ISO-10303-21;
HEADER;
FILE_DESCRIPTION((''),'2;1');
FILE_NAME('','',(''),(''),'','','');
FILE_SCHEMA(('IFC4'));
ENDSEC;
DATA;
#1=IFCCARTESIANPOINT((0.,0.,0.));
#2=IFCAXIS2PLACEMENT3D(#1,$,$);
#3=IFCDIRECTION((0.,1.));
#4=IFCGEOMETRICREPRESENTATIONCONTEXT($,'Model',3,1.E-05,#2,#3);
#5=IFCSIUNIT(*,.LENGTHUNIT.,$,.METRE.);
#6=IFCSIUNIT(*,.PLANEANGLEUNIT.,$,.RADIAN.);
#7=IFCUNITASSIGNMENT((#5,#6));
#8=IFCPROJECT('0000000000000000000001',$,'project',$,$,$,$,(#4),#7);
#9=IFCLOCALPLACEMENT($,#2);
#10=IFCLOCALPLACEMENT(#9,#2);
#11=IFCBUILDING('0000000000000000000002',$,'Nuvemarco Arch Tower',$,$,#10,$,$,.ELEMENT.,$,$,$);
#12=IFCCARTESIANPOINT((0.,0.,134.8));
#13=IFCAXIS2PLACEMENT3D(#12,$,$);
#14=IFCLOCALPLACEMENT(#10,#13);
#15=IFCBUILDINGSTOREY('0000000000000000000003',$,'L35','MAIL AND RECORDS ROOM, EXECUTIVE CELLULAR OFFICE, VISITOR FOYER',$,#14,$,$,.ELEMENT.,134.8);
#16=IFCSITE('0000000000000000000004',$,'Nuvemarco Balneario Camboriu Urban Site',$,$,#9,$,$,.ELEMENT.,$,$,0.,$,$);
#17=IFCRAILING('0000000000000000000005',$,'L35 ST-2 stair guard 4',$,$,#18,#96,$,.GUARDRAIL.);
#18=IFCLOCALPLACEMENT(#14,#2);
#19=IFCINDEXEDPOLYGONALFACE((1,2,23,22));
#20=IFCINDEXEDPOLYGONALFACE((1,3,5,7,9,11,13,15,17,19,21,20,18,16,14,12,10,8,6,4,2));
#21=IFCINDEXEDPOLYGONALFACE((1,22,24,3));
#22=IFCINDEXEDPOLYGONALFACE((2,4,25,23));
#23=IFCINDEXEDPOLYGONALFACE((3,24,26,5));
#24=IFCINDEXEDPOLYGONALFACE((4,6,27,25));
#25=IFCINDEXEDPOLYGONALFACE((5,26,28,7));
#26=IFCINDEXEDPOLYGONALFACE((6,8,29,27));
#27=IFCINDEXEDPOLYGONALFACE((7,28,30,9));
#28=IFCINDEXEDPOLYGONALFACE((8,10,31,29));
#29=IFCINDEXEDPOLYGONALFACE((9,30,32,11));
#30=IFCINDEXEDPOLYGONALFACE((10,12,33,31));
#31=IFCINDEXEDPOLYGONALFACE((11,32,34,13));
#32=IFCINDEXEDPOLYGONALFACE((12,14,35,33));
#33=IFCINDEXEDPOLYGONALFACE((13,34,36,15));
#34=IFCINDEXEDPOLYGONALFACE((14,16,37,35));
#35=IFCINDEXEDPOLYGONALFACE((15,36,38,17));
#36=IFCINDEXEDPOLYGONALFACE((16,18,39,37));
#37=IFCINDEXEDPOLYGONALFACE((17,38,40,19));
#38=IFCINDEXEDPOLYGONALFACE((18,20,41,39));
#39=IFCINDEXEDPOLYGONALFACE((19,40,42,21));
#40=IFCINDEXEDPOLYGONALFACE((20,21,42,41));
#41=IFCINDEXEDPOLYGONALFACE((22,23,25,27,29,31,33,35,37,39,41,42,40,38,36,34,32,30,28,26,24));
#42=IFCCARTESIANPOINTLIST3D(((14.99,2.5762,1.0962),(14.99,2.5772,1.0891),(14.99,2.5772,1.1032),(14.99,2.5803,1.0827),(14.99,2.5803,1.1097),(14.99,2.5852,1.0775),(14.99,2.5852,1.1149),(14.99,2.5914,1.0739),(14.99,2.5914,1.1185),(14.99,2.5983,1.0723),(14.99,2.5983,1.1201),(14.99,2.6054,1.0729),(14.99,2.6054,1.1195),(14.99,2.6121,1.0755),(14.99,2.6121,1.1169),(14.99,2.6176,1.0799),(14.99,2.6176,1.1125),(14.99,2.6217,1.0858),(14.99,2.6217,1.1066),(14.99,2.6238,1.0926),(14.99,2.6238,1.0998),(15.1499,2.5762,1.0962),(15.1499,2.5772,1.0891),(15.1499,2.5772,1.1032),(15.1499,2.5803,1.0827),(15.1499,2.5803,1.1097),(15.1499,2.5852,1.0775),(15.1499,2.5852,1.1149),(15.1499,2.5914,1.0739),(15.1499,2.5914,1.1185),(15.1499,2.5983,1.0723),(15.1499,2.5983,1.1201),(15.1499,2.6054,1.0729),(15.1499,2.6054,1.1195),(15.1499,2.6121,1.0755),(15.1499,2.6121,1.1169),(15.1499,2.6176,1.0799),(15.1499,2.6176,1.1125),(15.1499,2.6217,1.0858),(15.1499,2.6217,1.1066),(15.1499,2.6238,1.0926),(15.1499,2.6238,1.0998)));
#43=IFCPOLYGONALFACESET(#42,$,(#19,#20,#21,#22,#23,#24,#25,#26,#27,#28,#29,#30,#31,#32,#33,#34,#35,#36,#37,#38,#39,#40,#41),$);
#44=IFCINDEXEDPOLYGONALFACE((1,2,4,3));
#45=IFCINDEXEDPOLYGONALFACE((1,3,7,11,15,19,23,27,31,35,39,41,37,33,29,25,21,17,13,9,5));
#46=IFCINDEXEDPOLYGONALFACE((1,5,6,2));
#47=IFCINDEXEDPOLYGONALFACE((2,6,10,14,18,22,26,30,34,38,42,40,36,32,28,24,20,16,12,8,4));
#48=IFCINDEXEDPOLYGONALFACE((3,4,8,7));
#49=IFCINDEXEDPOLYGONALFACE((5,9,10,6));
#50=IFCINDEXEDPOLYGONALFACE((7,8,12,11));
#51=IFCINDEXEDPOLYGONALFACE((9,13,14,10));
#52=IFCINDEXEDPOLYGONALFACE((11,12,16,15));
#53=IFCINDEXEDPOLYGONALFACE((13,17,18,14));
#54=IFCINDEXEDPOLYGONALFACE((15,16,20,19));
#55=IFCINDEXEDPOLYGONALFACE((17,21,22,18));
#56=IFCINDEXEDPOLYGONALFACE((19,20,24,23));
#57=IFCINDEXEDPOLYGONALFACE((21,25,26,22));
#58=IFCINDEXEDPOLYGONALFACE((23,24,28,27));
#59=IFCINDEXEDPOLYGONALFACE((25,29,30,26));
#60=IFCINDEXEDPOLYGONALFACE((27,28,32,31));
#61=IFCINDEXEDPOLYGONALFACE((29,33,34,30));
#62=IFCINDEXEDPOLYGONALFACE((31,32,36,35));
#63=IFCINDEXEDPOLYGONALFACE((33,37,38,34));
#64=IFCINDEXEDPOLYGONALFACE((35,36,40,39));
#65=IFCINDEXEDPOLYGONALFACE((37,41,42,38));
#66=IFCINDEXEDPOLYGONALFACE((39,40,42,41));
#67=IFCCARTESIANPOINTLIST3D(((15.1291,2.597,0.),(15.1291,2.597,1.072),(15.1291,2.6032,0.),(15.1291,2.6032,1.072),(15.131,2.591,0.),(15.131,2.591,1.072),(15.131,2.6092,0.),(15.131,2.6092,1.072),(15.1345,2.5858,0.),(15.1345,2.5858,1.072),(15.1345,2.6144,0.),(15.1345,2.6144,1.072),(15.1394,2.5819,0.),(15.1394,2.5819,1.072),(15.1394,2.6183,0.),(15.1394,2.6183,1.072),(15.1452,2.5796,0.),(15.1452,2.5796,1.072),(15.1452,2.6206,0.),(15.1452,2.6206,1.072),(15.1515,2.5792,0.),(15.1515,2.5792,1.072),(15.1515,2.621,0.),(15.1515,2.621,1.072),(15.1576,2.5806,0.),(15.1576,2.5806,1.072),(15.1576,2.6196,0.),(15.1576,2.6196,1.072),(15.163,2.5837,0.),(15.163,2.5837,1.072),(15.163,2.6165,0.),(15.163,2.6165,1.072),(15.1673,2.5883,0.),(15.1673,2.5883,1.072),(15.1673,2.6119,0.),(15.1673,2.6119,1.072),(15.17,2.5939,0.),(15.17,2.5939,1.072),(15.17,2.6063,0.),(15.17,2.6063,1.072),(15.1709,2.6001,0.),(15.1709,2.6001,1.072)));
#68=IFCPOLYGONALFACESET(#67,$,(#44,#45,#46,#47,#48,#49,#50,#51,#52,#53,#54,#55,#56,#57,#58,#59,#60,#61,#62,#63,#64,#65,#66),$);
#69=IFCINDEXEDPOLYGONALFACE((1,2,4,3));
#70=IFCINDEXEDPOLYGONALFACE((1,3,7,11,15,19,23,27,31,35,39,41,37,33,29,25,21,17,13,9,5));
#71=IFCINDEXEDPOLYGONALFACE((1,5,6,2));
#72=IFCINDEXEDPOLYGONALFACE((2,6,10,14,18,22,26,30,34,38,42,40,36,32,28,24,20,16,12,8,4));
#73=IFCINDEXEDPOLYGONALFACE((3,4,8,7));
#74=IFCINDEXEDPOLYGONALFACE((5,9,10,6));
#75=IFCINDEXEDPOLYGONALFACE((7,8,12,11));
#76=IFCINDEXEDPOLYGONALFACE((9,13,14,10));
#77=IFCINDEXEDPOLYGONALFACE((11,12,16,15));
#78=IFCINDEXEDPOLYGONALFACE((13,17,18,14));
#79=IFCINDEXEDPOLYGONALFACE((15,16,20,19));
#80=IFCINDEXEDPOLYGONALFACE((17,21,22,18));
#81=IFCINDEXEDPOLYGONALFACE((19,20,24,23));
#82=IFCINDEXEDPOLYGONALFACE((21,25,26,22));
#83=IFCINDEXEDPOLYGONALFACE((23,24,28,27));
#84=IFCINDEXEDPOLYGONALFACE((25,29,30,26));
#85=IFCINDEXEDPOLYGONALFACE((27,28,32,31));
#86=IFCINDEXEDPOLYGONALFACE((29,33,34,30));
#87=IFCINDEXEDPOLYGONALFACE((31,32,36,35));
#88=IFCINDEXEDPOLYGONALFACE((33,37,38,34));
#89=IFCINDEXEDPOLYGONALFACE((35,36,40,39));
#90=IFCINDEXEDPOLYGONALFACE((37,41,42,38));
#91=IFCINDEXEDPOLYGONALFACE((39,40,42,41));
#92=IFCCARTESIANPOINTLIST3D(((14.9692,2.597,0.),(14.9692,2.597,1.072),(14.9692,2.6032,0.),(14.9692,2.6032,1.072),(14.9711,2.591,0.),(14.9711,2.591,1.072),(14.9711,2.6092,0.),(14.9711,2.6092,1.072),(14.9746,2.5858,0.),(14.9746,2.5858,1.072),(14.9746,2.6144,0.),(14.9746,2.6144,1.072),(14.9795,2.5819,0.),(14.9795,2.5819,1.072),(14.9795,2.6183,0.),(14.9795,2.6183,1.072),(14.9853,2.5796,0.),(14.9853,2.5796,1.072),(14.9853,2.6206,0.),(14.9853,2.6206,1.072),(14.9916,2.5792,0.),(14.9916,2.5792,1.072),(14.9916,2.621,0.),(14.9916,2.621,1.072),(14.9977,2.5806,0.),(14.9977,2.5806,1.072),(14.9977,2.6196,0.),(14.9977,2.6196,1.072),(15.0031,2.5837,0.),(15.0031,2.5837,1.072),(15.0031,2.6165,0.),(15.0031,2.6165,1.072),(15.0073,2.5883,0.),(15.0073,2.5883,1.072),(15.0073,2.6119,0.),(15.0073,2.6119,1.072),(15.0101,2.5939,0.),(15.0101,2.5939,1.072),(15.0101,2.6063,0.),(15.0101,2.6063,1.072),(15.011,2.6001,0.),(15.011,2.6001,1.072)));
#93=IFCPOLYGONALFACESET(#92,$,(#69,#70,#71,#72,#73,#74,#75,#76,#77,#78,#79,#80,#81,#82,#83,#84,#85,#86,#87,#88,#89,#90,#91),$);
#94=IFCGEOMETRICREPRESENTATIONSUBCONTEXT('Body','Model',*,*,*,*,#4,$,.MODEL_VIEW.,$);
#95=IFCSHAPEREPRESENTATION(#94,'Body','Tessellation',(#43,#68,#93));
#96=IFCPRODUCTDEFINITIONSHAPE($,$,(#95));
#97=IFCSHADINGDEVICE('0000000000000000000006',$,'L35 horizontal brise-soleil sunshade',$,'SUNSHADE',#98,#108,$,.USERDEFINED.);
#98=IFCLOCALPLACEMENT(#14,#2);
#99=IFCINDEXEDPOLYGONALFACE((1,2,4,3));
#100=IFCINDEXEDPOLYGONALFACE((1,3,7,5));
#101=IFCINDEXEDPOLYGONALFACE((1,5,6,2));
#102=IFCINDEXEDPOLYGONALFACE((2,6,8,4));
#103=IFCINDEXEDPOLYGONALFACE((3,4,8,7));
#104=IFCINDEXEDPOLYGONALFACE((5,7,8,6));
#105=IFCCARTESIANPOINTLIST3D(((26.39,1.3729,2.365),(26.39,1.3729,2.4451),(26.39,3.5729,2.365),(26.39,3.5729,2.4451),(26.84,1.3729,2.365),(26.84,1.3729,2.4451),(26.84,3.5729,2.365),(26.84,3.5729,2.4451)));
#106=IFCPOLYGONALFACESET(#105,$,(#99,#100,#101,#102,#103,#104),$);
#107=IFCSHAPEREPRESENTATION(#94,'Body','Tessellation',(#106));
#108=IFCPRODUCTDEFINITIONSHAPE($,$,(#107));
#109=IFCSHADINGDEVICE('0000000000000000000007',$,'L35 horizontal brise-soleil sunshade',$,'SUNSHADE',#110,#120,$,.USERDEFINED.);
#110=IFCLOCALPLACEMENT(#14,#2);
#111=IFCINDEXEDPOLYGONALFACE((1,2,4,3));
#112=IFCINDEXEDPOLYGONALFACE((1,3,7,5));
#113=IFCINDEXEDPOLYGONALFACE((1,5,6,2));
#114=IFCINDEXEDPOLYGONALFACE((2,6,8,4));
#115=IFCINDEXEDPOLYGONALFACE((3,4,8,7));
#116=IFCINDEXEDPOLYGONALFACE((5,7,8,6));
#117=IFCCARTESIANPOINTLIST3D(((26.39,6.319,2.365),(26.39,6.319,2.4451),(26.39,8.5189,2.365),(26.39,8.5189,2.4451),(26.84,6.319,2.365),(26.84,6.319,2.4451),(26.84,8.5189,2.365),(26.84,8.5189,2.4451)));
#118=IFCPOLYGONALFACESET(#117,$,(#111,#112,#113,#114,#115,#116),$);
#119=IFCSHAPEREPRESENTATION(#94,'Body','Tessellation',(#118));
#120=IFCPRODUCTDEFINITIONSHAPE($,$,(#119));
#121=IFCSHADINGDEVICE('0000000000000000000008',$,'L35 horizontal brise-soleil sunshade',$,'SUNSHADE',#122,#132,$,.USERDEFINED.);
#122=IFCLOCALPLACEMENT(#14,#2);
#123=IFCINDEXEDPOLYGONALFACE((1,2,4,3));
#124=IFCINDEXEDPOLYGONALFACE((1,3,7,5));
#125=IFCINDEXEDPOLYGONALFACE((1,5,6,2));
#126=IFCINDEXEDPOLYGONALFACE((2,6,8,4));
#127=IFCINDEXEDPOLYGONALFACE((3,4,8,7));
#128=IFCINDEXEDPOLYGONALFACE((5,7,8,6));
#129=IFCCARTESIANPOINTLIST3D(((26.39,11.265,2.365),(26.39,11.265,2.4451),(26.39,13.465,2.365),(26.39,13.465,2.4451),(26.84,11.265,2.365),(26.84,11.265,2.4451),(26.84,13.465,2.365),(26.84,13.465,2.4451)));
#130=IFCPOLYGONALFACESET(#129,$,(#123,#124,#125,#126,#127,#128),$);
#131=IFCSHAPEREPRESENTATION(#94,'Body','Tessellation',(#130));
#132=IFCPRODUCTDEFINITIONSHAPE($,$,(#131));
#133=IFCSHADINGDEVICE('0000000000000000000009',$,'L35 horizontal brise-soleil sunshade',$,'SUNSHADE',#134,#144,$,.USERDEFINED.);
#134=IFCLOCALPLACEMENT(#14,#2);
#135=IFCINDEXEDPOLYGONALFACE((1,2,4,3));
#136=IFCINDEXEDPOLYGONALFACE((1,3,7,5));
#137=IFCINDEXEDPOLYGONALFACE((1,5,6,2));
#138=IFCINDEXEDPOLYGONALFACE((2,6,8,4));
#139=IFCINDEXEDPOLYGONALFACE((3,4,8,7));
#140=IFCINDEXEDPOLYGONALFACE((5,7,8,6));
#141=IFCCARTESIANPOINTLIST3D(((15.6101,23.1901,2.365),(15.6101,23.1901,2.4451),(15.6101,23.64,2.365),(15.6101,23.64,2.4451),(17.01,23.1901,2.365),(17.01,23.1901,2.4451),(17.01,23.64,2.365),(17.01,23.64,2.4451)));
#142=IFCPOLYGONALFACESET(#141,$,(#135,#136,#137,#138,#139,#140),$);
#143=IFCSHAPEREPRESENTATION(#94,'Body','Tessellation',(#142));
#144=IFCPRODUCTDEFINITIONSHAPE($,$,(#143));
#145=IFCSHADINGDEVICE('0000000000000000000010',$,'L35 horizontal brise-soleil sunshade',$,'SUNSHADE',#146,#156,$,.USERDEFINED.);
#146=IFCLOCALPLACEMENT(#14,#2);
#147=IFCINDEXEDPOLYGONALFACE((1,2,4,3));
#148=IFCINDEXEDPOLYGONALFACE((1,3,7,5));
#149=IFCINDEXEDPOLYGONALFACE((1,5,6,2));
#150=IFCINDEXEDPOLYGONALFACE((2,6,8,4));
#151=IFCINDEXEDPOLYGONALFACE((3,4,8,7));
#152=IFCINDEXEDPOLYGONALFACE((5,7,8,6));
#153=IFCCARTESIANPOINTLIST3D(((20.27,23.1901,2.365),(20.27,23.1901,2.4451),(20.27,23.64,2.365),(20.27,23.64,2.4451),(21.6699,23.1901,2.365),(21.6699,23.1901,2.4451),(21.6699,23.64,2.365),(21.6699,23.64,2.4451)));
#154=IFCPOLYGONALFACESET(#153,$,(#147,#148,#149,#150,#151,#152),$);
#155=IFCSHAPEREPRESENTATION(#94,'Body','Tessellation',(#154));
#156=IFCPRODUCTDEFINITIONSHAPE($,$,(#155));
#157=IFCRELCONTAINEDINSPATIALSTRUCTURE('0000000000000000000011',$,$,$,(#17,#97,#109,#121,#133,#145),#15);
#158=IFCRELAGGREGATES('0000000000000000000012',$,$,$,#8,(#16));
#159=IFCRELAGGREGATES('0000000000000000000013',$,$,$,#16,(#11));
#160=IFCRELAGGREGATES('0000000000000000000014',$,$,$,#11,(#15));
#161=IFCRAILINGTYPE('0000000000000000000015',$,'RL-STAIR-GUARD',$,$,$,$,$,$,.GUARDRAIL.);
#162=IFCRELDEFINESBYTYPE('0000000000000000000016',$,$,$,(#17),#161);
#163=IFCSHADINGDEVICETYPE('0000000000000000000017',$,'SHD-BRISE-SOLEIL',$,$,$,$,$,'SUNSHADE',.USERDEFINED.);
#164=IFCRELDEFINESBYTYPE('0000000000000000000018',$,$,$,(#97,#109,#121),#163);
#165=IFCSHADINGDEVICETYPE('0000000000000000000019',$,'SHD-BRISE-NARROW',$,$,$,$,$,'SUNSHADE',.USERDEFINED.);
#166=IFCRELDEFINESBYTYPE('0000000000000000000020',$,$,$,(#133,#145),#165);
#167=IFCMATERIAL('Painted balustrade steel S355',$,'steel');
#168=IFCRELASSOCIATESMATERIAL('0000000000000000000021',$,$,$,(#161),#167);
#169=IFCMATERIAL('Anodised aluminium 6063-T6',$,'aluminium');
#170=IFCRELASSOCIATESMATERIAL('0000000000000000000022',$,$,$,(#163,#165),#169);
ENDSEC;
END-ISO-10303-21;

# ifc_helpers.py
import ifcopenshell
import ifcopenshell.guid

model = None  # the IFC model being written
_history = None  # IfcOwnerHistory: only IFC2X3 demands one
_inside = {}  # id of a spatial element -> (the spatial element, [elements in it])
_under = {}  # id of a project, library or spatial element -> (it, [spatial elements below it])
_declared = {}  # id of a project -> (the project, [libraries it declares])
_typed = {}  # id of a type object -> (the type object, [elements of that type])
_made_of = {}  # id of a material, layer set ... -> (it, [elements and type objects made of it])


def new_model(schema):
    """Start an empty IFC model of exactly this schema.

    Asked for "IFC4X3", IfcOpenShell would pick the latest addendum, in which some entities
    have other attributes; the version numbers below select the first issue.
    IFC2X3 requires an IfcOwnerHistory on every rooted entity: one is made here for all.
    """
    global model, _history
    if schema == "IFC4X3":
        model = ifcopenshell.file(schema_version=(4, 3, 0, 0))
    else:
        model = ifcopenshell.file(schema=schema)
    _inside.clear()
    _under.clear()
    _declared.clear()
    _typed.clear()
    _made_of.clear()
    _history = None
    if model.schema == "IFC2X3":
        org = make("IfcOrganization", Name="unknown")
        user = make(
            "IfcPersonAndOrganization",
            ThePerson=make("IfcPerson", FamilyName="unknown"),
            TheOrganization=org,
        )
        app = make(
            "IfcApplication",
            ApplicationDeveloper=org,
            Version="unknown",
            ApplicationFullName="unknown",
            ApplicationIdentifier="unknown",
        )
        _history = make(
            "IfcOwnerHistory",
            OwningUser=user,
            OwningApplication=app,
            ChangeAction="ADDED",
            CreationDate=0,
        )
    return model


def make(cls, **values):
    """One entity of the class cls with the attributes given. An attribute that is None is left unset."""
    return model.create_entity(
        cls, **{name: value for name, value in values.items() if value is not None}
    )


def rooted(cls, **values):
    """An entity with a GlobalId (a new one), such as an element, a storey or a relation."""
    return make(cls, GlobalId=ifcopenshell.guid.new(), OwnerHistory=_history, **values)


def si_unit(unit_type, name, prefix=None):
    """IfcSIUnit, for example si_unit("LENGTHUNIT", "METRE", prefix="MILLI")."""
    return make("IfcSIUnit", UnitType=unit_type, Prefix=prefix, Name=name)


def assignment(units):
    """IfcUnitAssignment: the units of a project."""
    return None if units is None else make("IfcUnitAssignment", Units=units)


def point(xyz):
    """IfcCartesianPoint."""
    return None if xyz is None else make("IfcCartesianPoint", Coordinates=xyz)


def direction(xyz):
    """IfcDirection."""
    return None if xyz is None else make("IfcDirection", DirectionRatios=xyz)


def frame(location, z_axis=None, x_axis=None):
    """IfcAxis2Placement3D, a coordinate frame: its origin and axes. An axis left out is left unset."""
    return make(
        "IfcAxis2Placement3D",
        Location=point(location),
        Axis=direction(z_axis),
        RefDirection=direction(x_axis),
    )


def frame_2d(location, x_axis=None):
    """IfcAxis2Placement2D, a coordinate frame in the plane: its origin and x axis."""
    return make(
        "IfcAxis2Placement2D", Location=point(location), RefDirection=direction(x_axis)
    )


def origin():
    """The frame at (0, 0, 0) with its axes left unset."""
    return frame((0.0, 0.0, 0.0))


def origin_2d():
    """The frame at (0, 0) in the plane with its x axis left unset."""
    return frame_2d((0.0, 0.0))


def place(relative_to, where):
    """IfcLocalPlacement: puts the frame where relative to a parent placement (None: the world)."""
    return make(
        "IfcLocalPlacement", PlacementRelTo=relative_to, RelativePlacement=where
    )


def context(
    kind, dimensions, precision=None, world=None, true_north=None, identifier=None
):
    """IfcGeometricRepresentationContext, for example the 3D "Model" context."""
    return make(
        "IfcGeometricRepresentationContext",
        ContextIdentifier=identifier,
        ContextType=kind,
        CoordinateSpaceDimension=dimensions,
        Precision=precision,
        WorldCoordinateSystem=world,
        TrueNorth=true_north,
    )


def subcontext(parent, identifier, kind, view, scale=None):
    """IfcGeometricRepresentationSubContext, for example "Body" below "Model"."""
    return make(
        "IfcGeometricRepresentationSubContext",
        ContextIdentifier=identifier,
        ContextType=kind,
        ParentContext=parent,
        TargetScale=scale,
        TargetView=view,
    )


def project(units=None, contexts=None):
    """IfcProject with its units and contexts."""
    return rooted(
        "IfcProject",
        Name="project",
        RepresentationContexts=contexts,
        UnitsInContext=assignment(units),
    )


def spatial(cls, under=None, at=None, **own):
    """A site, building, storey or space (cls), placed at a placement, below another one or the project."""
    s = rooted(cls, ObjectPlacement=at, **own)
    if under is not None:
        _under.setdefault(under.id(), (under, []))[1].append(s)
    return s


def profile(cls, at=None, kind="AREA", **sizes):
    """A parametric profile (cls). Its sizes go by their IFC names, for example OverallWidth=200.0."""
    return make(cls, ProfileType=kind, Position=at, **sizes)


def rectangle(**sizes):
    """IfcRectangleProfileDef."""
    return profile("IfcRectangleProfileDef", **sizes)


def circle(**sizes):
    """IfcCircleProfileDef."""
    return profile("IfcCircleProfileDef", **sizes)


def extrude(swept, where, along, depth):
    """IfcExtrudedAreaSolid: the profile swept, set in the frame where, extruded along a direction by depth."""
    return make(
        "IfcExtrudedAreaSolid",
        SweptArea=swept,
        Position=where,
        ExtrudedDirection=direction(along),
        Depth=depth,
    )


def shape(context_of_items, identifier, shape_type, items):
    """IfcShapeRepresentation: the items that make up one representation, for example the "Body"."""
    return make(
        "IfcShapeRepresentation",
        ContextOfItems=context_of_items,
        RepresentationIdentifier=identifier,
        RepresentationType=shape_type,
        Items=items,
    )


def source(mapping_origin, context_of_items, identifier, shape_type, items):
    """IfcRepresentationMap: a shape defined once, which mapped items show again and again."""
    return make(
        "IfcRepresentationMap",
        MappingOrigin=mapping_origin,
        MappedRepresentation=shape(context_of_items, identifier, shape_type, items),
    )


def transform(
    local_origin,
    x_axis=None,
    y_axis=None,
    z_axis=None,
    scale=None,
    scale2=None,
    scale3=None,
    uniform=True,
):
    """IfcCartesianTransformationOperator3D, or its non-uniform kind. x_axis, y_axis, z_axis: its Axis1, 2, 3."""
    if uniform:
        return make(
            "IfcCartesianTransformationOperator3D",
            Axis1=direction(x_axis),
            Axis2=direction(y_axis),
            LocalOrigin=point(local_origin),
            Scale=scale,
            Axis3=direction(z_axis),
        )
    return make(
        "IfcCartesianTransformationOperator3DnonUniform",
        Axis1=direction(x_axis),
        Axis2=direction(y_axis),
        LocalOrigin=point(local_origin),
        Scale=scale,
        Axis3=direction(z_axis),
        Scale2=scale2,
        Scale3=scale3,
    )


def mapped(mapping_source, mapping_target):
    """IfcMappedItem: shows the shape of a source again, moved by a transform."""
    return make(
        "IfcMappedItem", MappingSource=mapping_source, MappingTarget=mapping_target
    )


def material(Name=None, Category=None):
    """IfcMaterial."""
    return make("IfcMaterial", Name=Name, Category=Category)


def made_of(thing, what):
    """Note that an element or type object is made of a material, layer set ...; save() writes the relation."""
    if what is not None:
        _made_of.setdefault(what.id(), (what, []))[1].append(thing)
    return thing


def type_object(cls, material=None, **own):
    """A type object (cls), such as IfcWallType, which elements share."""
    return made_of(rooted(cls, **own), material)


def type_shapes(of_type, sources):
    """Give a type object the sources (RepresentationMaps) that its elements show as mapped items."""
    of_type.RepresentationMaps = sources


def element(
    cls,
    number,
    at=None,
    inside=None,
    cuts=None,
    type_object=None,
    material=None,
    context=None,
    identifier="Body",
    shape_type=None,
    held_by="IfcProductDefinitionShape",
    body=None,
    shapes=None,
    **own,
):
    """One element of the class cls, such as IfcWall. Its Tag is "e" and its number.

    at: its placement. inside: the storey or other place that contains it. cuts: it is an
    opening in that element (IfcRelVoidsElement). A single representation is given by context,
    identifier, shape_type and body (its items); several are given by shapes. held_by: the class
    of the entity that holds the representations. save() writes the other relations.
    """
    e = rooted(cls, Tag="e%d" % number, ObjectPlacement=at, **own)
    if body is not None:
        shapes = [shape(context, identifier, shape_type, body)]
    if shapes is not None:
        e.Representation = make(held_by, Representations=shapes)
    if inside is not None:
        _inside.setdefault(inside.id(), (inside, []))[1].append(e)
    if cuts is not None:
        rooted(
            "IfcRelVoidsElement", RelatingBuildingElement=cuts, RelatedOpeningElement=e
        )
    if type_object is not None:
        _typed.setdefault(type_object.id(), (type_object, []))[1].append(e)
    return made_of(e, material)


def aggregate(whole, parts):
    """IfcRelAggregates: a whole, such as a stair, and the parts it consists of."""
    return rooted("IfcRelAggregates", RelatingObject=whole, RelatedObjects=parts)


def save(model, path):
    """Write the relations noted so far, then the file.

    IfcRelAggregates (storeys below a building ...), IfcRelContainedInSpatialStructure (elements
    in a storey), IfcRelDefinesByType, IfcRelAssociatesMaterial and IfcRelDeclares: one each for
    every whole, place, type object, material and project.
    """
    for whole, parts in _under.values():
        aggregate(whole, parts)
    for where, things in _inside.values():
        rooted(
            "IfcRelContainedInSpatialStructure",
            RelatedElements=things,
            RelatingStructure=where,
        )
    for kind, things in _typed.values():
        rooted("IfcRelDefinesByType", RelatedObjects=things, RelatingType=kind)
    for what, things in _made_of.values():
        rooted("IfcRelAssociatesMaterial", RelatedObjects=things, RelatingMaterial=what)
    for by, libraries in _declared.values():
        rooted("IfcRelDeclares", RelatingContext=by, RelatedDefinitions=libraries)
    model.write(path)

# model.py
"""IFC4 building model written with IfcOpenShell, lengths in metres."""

from ifc_helpers import new_model, si_unit, direction, frame, origin, origin_2d, place, context, subcontext, project, spatial, rectangle, circle, extrude, source, transform, mapped, material, type_object, type_shapes, element, save


model = new_model("IFC4")

# Units and contexts
model_context = context("Model", 3, precision=1e-05, world=origin(), true_north=direction((0.0, 1.0)))
body_context = subcontext(model_context, "Body", "Model", "MODEL_VIEW")
ifc_project = project(units=[si_unit("LENGTHUNIT", "METRE"), si_unit("PLANEANGLEUNIT", "RADIAN")], contexts=[model_context])

# Site, building, storey
site_placement = place(None, origin())
site = spatial("IfcSite", under=ifc_project, at=site_placement, Name="Nuvemarco Balneario Camboriu Urban Site", CompositionType="ELEMENT", RefElevation=0.0)
building_placement = place(site_placement, origin())
building = spatial("IfcBuilding", under=site, at=building_placement, Name="Nuvemarco Arch Tower", CompositionType="ELEMENT")
storey_placement = place(building_placement, frame((0.0, 0.0, 134.8)))
storey = spatial("IfcBuildingStorey", under=building, at=storey_placement, Name="L35", Description="MAIL AND RECORDS ROOM, EXECUTIVE CELLULAR OFFICE, VISITOR FOYER", CompositionType="ELEMENT", Elevation=134.8)

# Railing
ifc_material_1 = material(Name="Painted balustrade steel S355", Category="steel")
railing_type_1 = type_object("IfcRailingType", Name="RL-STAIR-GUARD", PredefinedType="GUARDRAIL", material=ifc_material_1)
railing_1_placement = place(storey_placement, frame((15.1499, 2.6001, 0.0)))
element("IfcRailing", 1, at=railing_1_placement, inside=storey, type_object=railing_type_1, Name="L35 ST-2 stair guard 4", PredefinedType="GUARDRAIL", context=body_context, shape_type="SweptSolid", body=[
    extrude(circle(Radius=0.0239, at=origin_2d()), frame((0.0, 0.0, 1.0962), z_axis=(-1.0, 0.0, 0.0), x_axis=(0.0, -1.0, 0.0)), (0.0, 0.0, 1.0), 0.1599),
    extrude(circle(Radius=0.021, at=origin_2d()), origin(), (0.0, 0.0, 1.0), 1.072),
    extrude(circle(Radius=0.021, at=origin_2d()), frame((-0.1599, 0.0, 0.0)), (0.0, 0.0, 1.0), 1.072),
])

# Shading devices
ifc_material_2 = material(Name="Anodised aluminium 6063-T6", Category="aluminium")
shading_device_type_1 = type_object("IfcShadingDeviceType", Name="SHD-BRISE-SOLEIL", ElementType="SUNSHADE", PredefinedType="USERDEFINED", material=ifc_material_2)
shared_shape_1 = source(origin(), body_context, "Body", "SweptSolid", [
    extrude(rectangle(XDim=2.2, YDim=0.45, at=origin_2d()), origin(), (0.0, 0.0, 1.0), 0.0801),
])
type_shapes(shading_device_type_1, [shared_shape_1])
for number, where, z_axis, x_axis, name in (
    (2, (26.615, 2.4729, 2.365), (0.0, 0.0, 1.0), (0.0, 1.0, 0.0), "L35 horizontal brise-soleil sunshade"),
    (3, (26.615, 7.4189, 2.365), (0.0, 0.0, 1.0), (0.0, 1.0, 0.0), "L35 horizontal brise-soleil sunshade"),
    (4, (26.615, 12.365, 2.365), (0.0, 0.0, 1.0), (0.0, 1.0, 0.0), "L35 horizontal brise-soleil sunshade"),
):
    element("IfcShadingDevice", number, at=place(storey_placement, frame(where, z_axis=z_axis, x_axis=x_axis)), inside=storey, type_object=shading_device_type_1, Name=name, ObjectType="SUNSHADE", PredefinedType="USERDEFINED", context=body_context, shape_type="MappedRepresentation", body=[
        mapped(shared_shape_1, transform((0.0, 0.0, 0.0), scale=1.0)),
    ])
shading_device_type_2 = type_object("IfcShadingDeviceType", Name="SHD-BRISE-NARROW", ElementType="SUNSHADE", PredefinedType="USERDEFINED", material=ifc_material_2)
shared_shape_2 = source(origin(), body_context, "Body", "SweptSolid", [
    extrude(rectangle(XDim=1.3999, YDim=0.45, at=origin_2d()), origin(), (0.0, 0.0, 1.0), 0.0801),
])
type_shapes(shading_device_type_2, [shared_shape_2])
for number, where, z_axis, x_axis, name in (
    (5, (16.3101, 23.415, 2.365), (0.0, 0.0, 1.0), (1.0, 0.0, 0.0), "L35 horizontal brise-soleil sunshade"),
    (6, (20.97, 23.415, 2.365), (0.0, 0.0, 1.0), (1.0, 0.0, 0.0), "L35 horizontal brise-soleil sunshade"),
):
    element("IfcShadingDevice", number, at=place(storey_placement, frame(where, z_axis=z_axis, x_axis=x_axis)), inside=storey, type_object=shading_device_type_2, Name=name, ObjectType="SUNSHADE", PredefinedType="USERDEFINED", context=body_context, shape_type="MappedRepresentation", body=[
        mapped(shared_shape_2, transform((0.0, 0.0, 0.0), scale=1.0)),
    ])

save(model, "model.ifc")
